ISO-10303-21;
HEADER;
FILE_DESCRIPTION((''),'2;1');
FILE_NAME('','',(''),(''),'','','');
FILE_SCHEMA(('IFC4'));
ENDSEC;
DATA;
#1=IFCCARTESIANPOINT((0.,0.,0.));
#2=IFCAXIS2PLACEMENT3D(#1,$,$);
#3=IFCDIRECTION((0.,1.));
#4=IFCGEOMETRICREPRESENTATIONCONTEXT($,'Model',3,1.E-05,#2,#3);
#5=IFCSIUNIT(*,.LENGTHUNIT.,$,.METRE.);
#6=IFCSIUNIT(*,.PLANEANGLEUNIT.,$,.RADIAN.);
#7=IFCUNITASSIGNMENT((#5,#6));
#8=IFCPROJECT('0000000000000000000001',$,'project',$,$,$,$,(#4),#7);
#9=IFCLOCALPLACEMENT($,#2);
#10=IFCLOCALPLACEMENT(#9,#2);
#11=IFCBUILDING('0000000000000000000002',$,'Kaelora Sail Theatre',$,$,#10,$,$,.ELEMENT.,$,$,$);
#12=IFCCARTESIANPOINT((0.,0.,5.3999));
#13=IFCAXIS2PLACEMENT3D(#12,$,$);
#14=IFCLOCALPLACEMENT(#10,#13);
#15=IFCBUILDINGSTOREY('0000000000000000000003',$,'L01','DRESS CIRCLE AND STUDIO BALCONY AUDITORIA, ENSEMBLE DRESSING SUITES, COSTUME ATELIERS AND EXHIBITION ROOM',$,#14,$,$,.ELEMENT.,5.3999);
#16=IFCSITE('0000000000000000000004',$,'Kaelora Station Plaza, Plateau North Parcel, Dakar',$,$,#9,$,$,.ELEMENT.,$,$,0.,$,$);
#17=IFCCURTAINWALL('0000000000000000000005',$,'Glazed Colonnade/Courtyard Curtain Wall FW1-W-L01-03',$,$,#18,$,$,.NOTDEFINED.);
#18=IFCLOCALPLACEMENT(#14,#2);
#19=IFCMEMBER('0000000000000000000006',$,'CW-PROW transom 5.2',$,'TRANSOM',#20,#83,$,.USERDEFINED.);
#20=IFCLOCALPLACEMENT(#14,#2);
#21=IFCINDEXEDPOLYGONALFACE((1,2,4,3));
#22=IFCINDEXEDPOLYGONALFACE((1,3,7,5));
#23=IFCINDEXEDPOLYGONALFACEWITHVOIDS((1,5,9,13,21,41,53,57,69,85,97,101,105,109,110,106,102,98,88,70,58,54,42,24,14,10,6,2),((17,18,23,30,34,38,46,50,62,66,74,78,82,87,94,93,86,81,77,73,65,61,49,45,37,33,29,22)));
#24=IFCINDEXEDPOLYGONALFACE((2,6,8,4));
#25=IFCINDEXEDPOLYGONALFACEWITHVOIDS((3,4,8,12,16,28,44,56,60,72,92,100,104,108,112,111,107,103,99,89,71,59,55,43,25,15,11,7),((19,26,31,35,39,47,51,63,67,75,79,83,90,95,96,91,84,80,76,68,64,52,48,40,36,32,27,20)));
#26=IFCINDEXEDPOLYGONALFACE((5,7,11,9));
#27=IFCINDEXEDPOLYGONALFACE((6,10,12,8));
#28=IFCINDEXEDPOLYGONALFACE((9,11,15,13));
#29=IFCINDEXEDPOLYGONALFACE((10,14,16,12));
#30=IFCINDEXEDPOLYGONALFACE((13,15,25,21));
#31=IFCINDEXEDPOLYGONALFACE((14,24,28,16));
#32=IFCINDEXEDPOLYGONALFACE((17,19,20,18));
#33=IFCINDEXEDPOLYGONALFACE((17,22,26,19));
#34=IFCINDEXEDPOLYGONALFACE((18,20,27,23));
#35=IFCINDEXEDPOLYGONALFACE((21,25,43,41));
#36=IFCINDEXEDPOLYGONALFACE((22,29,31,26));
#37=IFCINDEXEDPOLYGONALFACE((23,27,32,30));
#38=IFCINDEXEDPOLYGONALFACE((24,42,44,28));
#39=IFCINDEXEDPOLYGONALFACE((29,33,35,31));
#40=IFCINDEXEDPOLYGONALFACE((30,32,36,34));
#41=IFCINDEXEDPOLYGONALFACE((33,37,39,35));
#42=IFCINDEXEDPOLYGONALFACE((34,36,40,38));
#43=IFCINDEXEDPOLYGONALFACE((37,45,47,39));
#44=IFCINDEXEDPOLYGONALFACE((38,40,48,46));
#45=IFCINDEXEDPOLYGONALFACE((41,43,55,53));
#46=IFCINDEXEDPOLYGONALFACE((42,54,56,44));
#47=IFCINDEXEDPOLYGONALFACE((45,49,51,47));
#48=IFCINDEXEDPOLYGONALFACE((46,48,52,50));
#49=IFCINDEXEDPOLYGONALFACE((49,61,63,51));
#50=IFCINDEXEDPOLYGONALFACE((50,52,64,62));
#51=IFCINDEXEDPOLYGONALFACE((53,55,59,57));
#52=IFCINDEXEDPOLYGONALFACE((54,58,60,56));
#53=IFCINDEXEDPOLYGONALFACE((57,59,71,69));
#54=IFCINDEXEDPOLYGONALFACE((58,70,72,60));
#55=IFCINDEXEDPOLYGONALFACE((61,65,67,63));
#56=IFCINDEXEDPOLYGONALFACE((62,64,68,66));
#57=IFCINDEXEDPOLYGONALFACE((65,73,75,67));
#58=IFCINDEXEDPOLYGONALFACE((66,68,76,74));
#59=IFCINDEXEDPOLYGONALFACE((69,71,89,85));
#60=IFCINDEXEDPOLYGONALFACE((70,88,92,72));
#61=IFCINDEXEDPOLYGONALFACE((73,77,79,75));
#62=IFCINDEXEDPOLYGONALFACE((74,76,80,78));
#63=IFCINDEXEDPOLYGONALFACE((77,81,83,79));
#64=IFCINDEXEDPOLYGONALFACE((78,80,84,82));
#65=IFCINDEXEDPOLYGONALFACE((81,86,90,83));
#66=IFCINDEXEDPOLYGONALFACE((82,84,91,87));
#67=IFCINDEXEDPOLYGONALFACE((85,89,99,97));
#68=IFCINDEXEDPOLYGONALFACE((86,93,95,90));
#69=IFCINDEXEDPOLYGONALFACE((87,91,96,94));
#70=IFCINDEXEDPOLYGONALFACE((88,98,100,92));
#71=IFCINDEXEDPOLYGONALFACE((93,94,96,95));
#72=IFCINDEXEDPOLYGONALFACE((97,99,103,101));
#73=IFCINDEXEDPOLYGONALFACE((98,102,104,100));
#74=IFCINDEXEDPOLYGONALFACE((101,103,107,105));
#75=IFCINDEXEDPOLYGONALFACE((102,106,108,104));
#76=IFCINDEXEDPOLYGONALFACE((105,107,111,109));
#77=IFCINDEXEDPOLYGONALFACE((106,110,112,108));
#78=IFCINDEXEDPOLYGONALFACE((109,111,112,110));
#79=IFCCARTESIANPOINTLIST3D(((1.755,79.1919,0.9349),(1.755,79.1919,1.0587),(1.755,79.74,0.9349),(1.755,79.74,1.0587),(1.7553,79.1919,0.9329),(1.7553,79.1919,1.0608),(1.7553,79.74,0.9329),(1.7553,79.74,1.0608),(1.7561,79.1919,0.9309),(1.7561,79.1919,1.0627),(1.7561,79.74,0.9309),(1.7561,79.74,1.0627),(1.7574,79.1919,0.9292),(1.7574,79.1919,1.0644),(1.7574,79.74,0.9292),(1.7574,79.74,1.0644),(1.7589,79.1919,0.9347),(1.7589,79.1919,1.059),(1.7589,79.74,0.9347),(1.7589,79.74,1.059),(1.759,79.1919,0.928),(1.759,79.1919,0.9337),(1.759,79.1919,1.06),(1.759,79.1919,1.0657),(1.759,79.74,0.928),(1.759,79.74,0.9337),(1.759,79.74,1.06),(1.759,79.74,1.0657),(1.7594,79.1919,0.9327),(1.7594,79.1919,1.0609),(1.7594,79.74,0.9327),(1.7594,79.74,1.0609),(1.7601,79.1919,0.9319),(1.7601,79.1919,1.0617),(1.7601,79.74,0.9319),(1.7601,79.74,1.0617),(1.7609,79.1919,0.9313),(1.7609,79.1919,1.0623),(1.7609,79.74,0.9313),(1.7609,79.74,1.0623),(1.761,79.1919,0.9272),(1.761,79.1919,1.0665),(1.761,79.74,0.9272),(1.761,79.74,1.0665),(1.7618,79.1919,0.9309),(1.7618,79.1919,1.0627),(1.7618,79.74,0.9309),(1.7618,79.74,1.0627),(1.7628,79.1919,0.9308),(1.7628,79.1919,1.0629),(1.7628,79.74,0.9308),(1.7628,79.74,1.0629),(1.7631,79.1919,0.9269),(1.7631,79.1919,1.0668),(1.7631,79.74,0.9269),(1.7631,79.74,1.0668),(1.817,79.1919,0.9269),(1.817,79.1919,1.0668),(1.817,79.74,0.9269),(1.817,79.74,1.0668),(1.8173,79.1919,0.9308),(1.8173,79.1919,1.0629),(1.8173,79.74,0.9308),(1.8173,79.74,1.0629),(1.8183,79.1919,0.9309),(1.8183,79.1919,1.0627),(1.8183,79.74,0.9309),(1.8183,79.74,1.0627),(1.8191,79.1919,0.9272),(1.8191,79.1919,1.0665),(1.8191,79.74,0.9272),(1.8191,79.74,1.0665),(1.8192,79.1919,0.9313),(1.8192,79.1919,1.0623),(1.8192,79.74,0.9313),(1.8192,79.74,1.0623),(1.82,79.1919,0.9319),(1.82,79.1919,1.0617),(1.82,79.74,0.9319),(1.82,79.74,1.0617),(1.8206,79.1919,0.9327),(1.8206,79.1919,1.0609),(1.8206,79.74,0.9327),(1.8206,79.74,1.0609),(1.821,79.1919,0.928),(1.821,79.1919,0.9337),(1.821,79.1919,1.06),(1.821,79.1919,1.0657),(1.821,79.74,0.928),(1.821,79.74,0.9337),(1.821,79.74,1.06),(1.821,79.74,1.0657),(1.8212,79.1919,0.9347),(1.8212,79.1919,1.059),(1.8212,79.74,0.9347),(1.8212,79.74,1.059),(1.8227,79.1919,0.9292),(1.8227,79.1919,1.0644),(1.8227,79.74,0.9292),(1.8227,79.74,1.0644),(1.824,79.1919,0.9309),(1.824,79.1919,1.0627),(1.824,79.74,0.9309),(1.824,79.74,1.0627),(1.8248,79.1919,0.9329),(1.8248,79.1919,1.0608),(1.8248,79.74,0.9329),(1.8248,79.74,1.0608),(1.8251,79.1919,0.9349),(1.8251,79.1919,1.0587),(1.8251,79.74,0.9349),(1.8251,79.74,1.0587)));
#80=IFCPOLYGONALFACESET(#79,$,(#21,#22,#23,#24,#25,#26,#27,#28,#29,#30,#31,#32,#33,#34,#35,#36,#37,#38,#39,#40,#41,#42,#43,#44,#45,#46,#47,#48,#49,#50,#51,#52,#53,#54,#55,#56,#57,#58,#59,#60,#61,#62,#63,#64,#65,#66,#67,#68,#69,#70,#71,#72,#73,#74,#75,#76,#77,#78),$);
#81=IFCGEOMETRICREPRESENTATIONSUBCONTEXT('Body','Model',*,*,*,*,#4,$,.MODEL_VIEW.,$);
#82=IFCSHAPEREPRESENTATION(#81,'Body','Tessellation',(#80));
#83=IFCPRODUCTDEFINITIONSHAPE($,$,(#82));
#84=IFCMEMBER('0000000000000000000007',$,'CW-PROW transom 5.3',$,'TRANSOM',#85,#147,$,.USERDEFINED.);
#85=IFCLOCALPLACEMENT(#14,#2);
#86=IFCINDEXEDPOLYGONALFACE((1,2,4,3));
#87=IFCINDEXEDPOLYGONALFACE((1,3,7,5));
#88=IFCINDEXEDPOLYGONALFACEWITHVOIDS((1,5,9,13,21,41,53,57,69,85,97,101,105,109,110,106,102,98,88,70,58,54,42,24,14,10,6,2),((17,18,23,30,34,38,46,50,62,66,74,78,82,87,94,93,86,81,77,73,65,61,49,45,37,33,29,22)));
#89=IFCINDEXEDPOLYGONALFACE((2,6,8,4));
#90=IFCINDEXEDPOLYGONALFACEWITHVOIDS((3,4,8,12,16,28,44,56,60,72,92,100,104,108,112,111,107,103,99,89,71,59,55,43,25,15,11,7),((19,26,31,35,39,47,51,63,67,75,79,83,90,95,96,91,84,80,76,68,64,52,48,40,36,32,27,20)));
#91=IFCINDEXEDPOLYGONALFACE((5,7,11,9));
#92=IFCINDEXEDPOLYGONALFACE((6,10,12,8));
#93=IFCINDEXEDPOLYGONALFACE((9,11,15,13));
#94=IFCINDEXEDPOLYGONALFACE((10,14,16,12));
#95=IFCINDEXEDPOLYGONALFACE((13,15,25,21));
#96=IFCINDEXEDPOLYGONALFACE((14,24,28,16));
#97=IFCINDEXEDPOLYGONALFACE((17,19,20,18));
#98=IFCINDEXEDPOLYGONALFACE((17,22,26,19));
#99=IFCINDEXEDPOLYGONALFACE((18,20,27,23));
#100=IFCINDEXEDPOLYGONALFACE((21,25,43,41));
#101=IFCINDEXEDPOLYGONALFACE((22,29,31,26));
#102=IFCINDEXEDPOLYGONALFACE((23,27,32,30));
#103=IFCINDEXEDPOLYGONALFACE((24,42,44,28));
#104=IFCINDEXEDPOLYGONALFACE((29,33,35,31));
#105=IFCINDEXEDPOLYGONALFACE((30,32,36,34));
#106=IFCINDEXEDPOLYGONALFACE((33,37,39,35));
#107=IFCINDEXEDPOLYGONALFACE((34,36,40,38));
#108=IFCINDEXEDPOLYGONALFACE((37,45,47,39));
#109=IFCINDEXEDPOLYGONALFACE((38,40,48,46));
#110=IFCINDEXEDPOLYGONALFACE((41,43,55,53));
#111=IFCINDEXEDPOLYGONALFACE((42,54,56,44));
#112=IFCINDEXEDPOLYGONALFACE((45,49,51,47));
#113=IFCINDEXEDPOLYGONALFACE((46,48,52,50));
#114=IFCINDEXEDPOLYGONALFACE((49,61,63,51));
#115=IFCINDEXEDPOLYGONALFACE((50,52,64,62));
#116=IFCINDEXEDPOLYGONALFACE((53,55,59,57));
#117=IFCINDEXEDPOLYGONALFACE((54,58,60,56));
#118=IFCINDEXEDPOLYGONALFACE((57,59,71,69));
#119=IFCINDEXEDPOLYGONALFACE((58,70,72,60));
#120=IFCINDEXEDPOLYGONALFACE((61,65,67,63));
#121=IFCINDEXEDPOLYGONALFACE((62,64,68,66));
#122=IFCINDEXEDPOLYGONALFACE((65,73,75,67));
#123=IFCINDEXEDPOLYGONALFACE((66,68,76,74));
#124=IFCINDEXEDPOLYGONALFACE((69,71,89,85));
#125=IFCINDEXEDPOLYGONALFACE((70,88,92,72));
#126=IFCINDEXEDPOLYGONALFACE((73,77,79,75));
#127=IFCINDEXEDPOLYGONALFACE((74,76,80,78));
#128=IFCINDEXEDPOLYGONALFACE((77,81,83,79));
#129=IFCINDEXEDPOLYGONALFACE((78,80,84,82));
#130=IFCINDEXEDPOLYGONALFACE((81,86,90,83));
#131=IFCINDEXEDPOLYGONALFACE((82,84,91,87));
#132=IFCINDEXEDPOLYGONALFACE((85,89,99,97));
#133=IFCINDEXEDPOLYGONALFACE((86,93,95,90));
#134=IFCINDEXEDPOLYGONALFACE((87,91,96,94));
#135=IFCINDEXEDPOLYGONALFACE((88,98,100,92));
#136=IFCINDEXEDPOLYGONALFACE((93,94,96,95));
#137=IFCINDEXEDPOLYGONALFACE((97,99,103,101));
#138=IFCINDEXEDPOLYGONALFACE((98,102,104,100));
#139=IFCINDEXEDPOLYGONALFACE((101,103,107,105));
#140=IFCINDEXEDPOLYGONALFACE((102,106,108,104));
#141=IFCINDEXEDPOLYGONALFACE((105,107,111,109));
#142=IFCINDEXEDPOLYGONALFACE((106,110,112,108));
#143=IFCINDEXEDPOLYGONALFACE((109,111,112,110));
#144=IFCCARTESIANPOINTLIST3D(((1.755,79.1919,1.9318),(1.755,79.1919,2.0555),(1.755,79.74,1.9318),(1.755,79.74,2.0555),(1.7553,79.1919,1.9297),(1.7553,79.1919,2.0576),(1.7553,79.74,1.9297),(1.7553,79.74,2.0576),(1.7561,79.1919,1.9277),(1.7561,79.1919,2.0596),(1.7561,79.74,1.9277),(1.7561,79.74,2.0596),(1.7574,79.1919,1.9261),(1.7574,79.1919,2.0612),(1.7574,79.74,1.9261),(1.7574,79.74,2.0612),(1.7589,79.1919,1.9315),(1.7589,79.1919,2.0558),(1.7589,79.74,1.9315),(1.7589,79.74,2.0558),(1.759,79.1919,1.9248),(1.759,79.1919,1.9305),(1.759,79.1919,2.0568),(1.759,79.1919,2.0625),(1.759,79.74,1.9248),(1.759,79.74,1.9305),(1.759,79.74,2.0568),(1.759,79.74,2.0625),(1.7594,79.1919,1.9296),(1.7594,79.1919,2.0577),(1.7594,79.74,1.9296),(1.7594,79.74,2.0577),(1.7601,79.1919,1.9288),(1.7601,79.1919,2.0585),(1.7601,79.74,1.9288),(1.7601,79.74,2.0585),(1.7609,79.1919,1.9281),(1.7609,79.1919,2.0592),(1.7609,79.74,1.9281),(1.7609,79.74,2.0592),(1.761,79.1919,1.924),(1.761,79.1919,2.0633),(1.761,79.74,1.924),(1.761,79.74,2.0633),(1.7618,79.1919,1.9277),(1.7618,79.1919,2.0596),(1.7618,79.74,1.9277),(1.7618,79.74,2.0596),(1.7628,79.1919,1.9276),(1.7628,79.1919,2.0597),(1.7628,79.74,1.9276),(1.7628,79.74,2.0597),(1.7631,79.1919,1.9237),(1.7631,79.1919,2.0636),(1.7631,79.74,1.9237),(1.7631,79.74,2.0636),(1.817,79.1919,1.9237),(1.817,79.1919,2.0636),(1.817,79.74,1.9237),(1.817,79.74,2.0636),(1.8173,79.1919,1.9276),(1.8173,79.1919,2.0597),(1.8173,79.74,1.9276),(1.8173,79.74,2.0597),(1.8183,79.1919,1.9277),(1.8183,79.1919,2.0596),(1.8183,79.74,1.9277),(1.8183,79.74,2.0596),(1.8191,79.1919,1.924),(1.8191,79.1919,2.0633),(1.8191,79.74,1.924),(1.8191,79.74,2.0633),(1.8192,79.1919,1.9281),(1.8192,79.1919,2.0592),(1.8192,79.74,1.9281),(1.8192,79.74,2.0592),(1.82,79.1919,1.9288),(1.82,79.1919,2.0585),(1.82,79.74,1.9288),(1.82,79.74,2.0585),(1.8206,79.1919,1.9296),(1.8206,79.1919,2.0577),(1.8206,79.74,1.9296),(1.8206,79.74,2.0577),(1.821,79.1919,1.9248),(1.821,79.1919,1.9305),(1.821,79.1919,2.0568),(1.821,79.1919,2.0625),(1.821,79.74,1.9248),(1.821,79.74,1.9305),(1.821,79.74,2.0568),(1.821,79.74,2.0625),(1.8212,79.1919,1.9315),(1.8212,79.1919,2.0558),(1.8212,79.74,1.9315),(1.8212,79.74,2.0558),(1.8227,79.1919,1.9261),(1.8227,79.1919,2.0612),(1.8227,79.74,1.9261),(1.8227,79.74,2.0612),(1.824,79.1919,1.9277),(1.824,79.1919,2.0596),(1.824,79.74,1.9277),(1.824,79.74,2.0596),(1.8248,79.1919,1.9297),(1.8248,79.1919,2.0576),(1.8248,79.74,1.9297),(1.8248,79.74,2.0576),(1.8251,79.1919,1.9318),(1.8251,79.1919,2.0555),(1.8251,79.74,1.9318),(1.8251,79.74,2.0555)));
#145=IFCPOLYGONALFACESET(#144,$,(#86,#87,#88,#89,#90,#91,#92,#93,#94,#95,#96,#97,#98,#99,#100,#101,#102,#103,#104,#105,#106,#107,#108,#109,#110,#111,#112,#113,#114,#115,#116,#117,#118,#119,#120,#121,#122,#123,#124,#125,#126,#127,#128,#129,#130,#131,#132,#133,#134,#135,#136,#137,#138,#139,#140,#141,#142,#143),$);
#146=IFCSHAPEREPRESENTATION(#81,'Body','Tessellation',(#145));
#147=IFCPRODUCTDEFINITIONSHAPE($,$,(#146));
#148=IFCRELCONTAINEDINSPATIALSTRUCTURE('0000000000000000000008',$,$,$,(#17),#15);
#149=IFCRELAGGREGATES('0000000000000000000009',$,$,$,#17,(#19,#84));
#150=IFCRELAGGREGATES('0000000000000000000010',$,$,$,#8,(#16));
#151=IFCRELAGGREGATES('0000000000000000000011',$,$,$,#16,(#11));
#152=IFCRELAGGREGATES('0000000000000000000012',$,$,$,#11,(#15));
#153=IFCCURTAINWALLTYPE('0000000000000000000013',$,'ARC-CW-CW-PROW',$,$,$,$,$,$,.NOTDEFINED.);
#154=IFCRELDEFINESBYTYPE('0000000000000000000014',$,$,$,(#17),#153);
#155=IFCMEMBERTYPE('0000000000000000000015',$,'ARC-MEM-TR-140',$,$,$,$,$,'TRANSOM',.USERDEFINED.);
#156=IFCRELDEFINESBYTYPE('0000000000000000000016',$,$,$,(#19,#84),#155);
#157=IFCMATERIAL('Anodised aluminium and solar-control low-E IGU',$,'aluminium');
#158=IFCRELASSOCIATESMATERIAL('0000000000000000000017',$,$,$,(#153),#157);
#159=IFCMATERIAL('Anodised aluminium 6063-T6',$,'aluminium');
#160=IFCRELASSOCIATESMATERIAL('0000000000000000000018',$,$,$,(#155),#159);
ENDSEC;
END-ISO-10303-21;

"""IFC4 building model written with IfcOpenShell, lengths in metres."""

from ifc_helpers import new_model, si_unit, direction, frame, origin, origin_2d, place, context, subcontext, project, spatial, hollow_rectangle, extrude, material, material_profile, profile_set, type_object, element, aggregate, save


model = new_model("IFC4")

# Units and contexts
model_context = context("Model", 3, precision=1e-05, world=origin(), true_north=direction((0.0, 1.0)))
body_context = subcontext(model_context, "Body", "Model", "MODEL_VIEW")
ifc_project = project(units=[si_unit("LENGTHUNIT", "METRE"), si_unit("PLANEANGLEUNIT", "RADIAN")], contexts=[model_context])

# Site, building, storey
site_placement = place(None, origin())
site = spatial("IfcSite", under=ifc_project, at=site_placement, Name="Kaelora Station Plaza, Plateau North Parcel, Dakar", CompositionType="ELEMENT", RefElevation=0.0)
building_placement = place(site_placement, origin())
building = spatial("IfcBuilding", under=site, at=building_placement, Name="Kaelora Sail Theatre", CompositionType="ELEMENT")
storey_placement = place(building_placement, frame((0.0, 0.0, 5.3999)))
storey = spatial("IfcBuildingStorey", under=building, at=storey_placement, Name="L01", Description="DRESS CIRCLE AND STUDIO BALCONY AUDITORIA, ENSEMBLE DRESSING SUITES, COSTUME ATELIERS AND EXHIBITION ROOM", CompositionType="ELEMENT", Elevation=5.3999)

# Curtain wall, members
ifc_material_1 = material(Name="Anodised aluminium and solar-control low-E IGU", Category="aluminium")
curtain_wall_type = type_object("IfcCurtainWallType", Name="ARC-CW-CW-PROW", PredefinedType="NOTDEFINED", material=ifc_material_1)
curtain_wall_placement = place(storey_placement, origin())
curtain_wall = element("IfcCurtainWall", 1, at=curtain_wall_placement, inside=storey, type_object=curtain_wall_type, Name="Glazed Colonnade/Courtyard Curtain Wall FW1-W-L01-03", PredefinedType="NOTDEFINED")
ifc_material_2 = material(Name="Anodised aluminium 6063-T6", Category="aluminium")
ifc_material_profile_1 = material_profile(ifc_material_2, hollow_rectangle(XDim=0.0701, YDim=0.1399, WallThickness=0.0039, InnerFilletRadius=0.0039, OuterFilletRadius=0.0081, at=origin_2d()), Name="ALU-TRAN 70x140x4")
ifc_profile_set_1 = profile_set([ifc_material_profile_1], Name="Anodised aluminium 6063-T6")
member_type_1 = type_object("IfcMemberType", Name="ARC-MEM-TR-140", ElementType="TRANSOM", PredefinedType="USERDEFINED", material=ifc_profile_set_1)
member_1_placement = place(storey_placement, frame((1.79, 79.1919, 0.9968), z_axis=(0.0, 1.0, 0.0), x_axis=(-1.0, 0.0, 0.0)))
member_1 = element("IfcMember", 2, at=member_1_placement, type_object=member_type_1, Name="CW-PROW transom 5.2", ObjectType="TRANSOM", PredefinedType="USERDEFINED", context=body_context, shape_type="SweptSolid", body=[
    extrude(hollow_rectangle(XDim=0.0701, YDim=0.1399, WallThickness=0.0039, InnerFilletRadius=0.0039, OuterFilletRadius=0.0081, at=origin_2d()), origin(), (0.0, 0.0, 1.0), 0.5481),
])
member_2_placement = place(storey_placement, frame((1.79, 79.1919, 1.9937), z_axis=(0.0, 1.0, 0.0), x_axis=(-1.0, 0.0, 0.0)))
member_2 = element("IfcMember", 3, at=member_2_placement, type_object=member_type_1, Name="CW-PROW transom 5.3", ObjectType="TRANSOM", PredefinedType="USERDEFINED", context=body_context, shape_type="SweptSolid", body=[
    extrude(hollow_rectangle(XDim=0.0701, YDim=0.1399, WallThickness=0.0039, InnerFilletRadius=0.0039, OuterFilletRadius=0.0081, at=origin_2d()), origin(), (0.0, 0.0, 1.0), 0.5481),
])
aggregate(curtain_wall, [member_1, member_2])

save(model, "model.ifc")
